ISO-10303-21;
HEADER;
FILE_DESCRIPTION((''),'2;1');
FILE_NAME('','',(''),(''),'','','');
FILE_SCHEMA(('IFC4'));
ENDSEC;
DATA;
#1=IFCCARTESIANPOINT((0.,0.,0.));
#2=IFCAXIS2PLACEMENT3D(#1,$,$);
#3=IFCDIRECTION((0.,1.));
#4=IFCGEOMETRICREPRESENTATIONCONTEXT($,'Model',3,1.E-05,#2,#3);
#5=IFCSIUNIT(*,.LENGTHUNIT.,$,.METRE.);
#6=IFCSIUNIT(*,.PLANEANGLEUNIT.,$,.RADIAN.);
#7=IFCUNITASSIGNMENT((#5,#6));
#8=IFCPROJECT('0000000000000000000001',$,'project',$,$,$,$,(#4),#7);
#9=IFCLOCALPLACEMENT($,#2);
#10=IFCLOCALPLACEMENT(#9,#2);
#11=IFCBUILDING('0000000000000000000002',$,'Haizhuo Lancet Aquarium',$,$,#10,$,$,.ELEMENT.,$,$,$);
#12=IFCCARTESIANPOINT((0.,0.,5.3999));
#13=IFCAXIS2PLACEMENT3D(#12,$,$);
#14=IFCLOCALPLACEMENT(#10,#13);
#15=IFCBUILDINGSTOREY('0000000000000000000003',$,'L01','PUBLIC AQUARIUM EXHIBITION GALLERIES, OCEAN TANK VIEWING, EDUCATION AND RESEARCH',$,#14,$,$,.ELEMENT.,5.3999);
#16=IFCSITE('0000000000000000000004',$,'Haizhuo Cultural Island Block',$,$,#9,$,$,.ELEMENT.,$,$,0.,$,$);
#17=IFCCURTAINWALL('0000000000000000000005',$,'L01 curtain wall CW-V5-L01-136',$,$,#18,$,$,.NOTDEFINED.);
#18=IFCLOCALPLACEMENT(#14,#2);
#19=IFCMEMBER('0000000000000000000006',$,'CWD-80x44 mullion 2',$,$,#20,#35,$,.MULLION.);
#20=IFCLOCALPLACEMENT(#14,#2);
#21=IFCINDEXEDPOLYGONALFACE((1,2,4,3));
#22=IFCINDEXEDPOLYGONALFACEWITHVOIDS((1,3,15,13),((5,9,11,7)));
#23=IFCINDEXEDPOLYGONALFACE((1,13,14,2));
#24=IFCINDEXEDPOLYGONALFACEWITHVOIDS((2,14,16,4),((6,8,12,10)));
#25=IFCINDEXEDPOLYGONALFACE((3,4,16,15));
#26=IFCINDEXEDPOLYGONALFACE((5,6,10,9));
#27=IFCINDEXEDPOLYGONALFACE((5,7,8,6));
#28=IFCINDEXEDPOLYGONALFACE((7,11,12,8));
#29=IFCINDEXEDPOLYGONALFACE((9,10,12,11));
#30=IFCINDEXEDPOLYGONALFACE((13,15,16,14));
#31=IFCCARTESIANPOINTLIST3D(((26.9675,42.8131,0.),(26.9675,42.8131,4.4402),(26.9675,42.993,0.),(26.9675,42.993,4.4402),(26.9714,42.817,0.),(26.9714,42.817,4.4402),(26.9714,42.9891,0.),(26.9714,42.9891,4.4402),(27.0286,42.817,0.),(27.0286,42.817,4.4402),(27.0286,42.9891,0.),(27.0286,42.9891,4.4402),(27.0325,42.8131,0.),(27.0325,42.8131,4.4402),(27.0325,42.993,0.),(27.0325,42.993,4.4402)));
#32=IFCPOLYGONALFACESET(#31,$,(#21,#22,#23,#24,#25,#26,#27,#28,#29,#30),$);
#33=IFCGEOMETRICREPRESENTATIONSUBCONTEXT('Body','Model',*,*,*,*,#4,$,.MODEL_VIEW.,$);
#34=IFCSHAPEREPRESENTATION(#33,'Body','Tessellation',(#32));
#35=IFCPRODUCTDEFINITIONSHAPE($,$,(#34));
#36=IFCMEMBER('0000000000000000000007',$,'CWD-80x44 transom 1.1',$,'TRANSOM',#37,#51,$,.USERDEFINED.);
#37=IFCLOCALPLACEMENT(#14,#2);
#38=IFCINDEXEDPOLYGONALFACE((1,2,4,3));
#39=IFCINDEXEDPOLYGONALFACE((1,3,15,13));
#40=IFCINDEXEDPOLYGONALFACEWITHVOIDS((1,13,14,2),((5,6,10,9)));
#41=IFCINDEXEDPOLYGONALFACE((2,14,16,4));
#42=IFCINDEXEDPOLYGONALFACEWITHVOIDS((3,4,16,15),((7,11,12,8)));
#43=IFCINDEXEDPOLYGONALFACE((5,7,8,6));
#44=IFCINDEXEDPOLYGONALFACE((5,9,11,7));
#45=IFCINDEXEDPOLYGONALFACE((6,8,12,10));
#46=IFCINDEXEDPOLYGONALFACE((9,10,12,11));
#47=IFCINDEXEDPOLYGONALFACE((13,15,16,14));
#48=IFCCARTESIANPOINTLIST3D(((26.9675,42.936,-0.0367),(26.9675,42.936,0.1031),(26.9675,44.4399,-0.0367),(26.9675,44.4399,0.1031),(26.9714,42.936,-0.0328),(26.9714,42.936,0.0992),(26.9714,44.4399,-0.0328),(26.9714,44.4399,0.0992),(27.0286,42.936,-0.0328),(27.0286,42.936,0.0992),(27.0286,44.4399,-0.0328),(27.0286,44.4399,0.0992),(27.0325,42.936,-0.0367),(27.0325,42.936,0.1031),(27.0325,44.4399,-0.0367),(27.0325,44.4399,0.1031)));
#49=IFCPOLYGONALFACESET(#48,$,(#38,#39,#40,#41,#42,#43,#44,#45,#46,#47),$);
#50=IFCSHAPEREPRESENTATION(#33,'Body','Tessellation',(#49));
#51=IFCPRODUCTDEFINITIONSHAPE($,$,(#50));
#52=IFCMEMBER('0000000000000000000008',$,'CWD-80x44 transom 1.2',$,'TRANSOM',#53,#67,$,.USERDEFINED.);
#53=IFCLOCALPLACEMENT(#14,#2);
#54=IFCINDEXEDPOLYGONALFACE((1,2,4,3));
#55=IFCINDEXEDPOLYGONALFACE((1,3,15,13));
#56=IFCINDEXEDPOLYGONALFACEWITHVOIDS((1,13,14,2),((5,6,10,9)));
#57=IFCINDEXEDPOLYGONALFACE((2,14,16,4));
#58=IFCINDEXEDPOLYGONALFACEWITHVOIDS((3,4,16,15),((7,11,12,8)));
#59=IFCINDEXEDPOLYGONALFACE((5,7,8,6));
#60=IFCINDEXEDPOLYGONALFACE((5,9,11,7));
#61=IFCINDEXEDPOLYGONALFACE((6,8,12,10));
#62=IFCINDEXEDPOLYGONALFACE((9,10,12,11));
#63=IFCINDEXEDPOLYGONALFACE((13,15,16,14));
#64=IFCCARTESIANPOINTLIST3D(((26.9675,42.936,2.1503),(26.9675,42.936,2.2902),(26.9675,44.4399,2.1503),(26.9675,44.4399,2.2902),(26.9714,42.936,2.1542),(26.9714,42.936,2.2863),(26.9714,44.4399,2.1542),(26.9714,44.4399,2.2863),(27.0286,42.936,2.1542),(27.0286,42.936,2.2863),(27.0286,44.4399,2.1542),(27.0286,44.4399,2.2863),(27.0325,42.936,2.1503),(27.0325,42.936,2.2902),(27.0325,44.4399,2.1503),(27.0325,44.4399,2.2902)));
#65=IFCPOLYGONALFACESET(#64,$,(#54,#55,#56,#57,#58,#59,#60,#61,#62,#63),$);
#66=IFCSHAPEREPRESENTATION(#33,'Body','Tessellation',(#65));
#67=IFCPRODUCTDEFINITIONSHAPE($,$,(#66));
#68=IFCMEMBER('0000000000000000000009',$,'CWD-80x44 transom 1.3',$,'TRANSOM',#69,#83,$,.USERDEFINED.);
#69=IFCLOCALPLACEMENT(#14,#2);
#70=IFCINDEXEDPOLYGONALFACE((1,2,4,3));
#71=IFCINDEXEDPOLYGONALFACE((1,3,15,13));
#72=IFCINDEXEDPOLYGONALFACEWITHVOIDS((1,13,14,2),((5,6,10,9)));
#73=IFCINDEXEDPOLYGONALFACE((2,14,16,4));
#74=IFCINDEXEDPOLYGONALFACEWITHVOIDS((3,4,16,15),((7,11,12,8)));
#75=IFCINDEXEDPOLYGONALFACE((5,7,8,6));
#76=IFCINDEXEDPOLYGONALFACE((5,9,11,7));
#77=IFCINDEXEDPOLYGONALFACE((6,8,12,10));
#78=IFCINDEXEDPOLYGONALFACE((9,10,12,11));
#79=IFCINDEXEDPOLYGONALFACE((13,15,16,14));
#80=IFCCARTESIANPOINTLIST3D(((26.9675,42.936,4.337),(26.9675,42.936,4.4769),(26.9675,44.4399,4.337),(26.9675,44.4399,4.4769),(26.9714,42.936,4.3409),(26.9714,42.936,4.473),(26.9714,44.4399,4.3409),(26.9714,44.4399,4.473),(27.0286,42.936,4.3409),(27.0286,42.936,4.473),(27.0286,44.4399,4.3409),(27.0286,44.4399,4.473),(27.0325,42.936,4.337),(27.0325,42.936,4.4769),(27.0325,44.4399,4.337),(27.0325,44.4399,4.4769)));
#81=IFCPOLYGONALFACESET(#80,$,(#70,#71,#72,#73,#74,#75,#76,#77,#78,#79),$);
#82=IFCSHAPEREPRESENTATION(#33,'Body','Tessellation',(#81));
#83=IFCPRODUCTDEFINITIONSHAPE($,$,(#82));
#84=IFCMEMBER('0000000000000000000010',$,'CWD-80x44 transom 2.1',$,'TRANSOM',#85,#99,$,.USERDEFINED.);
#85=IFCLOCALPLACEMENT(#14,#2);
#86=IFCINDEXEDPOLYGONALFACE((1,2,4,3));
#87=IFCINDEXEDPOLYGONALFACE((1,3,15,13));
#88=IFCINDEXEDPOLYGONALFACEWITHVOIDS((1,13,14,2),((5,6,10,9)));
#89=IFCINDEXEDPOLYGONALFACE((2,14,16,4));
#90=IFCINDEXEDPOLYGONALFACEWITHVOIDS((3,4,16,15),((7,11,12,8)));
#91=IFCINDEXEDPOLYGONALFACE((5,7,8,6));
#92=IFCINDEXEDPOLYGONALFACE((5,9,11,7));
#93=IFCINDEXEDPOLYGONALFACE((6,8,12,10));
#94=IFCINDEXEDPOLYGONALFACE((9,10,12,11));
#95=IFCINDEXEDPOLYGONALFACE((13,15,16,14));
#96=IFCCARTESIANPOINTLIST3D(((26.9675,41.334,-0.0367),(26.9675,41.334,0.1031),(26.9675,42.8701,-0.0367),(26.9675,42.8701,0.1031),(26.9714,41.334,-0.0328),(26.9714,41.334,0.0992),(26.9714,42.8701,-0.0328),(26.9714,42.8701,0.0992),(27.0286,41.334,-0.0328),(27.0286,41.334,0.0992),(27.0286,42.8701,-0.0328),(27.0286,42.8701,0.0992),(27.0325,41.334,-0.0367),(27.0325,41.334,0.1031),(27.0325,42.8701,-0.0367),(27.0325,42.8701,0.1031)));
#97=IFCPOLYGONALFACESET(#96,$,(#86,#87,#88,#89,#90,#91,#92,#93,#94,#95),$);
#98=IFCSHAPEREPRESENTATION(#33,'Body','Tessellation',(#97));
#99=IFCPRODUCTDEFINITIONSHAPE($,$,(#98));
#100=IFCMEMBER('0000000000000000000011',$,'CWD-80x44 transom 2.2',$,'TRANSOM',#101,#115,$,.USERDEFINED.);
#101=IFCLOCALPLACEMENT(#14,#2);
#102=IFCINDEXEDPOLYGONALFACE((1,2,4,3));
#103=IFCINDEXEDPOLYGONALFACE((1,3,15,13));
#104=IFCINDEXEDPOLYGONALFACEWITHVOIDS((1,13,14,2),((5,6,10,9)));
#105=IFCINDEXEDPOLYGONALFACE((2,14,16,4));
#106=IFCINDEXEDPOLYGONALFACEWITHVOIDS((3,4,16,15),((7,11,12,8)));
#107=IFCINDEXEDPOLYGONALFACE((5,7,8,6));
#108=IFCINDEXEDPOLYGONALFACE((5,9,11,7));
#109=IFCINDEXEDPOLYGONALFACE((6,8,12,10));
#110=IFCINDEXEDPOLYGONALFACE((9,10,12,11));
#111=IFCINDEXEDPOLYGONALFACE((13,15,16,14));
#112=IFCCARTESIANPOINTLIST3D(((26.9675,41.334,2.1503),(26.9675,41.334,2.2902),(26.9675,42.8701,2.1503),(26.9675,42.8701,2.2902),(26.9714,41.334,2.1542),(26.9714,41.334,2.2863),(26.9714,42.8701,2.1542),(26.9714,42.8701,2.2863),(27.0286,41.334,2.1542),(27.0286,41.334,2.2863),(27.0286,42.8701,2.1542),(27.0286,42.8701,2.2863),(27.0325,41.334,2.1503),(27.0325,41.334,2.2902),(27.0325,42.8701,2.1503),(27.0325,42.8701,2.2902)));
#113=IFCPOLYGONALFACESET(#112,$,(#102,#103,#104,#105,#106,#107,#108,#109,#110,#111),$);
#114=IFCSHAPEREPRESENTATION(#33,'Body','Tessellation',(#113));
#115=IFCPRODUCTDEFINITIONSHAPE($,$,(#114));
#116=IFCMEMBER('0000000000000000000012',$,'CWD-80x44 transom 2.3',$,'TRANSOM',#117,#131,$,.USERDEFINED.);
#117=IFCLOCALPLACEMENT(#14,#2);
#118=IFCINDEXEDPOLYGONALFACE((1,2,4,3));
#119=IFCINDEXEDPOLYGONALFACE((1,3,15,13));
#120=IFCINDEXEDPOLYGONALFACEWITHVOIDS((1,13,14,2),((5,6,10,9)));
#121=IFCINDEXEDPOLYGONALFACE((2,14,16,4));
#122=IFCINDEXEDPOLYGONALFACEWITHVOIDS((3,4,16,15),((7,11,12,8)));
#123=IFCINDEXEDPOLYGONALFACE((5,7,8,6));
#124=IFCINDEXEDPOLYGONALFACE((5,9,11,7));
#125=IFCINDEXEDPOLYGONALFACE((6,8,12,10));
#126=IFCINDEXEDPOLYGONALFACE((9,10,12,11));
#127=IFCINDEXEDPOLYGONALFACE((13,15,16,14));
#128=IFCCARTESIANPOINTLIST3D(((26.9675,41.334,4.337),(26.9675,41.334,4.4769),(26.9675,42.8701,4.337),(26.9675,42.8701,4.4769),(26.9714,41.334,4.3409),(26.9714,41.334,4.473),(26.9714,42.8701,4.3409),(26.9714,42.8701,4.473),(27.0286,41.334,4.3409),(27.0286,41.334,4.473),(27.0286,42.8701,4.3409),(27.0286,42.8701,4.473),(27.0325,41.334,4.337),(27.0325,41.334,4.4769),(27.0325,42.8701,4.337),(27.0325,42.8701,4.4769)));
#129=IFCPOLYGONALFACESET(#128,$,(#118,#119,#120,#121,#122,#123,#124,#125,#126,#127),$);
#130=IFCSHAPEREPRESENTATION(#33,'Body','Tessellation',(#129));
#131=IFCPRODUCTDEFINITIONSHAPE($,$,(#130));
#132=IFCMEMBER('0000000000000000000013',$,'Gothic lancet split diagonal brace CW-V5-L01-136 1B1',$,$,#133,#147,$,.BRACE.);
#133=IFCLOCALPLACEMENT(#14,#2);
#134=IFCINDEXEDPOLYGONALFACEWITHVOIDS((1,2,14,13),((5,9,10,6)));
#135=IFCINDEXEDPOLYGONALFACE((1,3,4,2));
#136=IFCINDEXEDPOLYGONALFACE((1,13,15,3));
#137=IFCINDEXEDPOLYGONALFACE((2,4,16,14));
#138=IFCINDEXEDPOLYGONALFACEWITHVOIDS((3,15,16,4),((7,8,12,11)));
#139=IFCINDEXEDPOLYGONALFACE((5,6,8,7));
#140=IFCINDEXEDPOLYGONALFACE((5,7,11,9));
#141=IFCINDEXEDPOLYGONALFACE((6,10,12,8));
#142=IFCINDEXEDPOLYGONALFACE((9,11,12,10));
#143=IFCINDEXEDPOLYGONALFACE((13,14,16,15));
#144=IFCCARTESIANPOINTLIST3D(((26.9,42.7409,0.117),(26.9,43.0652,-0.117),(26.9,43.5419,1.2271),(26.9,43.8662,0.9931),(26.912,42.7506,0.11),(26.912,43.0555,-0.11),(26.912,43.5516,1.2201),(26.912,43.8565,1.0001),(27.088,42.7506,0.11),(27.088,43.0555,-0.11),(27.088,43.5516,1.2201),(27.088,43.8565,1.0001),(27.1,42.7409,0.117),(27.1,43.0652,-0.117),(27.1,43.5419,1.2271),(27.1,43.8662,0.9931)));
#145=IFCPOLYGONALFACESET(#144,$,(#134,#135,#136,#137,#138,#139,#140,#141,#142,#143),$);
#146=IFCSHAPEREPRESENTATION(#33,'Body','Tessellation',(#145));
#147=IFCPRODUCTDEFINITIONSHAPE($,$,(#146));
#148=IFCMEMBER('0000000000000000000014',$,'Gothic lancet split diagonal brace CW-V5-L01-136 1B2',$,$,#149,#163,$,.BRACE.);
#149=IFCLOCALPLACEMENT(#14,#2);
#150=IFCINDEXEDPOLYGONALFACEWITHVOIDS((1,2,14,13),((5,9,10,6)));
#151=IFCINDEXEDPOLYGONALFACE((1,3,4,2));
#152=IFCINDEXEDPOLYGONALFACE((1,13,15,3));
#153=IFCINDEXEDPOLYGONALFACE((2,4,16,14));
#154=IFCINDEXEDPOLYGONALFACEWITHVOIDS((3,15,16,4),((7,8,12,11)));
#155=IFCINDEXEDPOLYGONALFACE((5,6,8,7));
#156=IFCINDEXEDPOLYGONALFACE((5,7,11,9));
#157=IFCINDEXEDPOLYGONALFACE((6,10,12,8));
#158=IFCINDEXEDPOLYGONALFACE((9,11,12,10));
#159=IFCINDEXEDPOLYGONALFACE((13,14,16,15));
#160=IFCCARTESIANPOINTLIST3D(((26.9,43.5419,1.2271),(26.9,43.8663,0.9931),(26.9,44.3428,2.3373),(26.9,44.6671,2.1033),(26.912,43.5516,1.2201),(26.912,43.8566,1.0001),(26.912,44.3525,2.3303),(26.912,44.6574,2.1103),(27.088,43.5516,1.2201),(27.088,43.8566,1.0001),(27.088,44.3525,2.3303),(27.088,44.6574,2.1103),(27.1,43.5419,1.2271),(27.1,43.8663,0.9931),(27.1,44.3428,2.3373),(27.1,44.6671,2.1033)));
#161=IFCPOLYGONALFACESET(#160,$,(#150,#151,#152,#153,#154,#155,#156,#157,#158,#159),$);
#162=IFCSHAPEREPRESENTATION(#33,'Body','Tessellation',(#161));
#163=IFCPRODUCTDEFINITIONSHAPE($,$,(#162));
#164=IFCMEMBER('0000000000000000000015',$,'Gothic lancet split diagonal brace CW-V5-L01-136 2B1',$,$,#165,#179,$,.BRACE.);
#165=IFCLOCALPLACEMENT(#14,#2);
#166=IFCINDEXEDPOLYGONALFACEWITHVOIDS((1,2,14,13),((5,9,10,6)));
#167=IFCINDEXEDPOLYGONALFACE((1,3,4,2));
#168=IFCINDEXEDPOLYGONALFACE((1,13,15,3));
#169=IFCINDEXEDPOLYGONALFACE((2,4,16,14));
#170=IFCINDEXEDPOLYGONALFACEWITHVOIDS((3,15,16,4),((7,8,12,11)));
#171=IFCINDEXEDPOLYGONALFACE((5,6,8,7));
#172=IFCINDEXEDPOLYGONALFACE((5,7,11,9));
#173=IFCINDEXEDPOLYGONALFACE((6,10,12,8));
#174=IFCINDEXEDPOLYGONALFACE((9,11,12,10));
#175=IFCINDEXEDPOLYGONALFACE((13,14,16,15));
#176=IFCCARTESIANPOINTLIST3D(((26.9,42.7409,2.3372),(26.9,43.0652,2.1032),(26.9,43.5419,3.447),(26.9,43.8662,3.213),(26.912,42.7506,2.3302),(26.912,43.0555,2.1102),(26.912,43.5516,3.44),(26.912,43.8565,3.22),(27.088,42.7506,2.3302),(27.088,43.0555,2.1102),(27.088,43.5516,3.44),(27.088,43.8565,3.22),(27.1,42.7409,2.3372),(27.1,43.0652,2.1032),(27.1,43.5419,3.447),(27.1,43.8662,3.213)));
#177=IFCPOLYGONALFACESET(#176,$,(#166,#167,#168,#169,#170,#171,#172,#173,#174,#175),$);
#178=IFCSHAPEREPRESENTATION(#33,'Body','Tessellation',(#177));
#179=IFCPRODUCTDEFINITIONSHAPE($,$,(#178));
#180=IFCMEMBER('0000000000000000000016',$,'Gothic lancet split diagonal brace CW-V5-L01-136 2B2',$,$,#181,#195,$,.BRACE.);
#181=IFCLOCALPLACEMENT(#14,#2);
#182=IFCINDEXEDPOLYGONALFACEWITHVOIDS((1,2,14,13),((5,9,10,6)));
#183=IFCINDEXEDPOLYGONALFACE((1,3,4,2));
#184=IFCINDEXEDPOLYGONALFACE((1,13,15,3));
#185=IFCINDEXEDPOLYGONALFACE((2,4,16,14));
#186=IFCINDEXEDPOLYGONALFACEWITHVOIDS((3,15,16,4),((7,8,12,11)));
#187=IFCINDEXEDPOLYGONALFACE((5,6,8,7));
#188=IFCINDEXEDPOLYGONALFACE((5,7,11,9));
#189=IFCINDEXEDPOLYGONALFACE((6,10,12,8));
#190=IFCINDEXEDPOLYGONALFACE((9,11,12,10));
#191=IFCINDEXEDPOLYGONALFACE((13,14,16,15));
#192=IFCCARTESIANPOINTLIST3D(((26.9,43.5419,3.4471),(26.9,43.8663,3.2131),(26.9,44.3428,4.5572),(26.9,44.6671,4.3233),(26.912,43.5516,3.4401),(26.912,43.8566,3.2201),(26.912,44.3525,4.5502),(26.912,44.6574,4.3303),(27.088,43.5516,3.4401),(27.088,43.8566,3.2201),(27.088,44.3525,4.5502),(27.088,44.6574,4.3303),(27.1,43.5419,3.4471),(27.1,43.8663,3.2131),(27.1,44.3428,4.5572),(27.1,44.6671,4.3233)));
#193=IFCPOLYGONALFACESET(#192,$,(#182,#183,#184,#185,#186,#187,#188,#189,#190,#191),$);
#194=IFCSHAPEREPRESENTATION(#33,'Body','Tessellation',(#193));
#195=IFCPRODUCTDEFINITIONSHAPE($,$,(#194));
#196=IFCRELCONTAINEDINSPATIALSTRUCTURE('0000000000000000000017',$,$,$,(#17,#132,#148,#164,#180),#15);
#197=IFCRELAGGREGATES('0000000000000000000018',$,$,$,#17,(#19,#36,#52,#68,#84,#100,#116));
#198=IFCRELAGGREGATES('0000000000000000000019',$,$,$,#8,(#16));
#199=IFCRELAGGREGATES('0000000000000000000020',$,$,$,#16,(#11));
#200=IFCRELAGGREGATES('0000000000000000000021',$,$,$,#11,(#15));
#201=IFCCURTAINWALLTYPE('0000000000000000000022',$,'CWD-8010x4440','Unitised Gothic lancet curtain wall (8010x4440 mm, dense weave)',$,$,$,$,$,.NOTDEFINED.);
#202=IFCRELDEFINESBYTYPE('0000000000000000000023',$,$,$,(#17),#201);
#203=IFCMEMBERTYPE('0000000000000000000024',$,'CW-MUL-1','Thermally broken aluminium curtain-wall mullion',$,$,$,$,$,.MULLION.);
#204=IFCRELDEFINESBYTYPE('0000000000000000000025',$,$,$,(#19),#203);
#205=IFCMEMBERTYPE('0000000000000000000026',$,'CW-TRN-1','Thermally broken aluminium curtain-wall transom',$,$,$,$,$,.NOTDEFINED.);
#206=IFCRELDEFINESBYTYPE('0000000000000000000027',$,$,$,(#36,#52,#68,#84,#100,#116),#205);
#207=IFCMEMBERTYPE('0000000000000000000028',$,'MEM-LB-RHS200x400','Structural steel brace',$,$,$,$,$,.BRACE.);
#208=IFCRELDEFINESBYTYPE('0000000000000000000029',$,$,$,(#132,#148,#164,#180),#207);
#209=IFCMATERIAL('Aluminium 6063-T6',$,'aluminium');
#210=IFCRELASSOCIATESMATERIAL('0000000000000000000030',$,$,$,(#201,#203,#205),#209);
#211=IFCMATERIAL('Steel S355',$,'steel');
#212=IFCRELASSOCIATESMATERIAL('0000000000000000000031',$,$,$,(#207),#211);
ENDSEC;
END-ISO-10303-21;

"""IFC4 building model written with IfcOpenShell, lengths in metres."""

from ifc_helpers import new_model, si_unit, direction, frame, origin, origin_2d, place, context, subcontext, project, spatial, hollow_rectangle, extrude, material, material_profile, profile_set, type_object, element, aggregate, save


model = new_model("IFC4")

# Units and contexts
model_context = context("Model", 3, precision=1e-05, world=origin(), true_north=direction((0.0, 1.0)))
body_context = subcontext(model_context, "Body", "Model", "MODEL_VIEW")
ifc_project = project(units=[si_unit("LENGTHUNIT", "METRE"), si_unit("PLANEANGLEUNIT", "RADIAN")], contexts=[model_context])

# Site, building, storey
site_placement = place(None, origin())
site = spatial("IfcSite", under=ifc_project, at=site_placement, Name="Haizhuo Cultural Island Block", CompositionType="ELEMENT", RefElevation=0.0)
building_placement = place(site_placement, origin())
building = spatial("IfcBuilding", under=site, at=building_placement, Name="Haizhuo Lancet Aquarium", CompositionType="ELEMENT")
storey_placement = place(building_placement, frame((0.0, 0.0, 5.3999)))
storey = spatial("IfcBuildingStorey", under=building, at=storey_placement, Name="L01", Description="PUBLIC AQUARIUM EXHIBITION GALLERIES, OCEAN TANK VIEWING, EDUCATION AND RESEARCH", CompositionType="ELEMENT", Elevation=5.3999)

# Curtain wall, members
ifc_material_1 = material(Name="Aluminium 6063-T6", Category="aluminium")
curtain_wall_type = type_object("IfcCurtainWallType", Name="CWD-8010x4440", Description="Unitised Gothic lancet curtain wall (8010x4440 mm, dense weave)", PredefinedType="NOTDEFINED", material=ifc_material_1)
curtain_wall_placement = place(storey_placement, origin())
curtain_wall = element("IfcCurtainWall", 1, at=curtain_wall_placement, inside=storey, type_object=curtain_wall_type, Name="L01 curtain wall CW-V5-L01-136", PredefinedType="NOTDEFINED")
ifc_material_profile_1 = material_profile(ifc_material_1, hollow_rectangle(XDim=0.0649, YDim=0.1799, WallThickness=0.0039, at=origin_2d()), Name="ALU-M 65x180x4")
ifc_profile_set_1 = profile_set([ifc_material_profile_1], Name="Aluminium 6063-T6")
member_type_1 = type_object("IfcMemberType", Name="CW-MUL-1", Description="Thermally broken aluminium curtain-wall mullion", PredefinedType="MULLION", material=ifc_profile_set_1)
member_1_placement = place(storey_placement, frame((27.0, 42.9031, 0.0), z_axis=(0.0, 0.0, 1.0), x_axis=(1.0, 0.0, 0.0)))
member_1 = element("IfcMember", 2, at=member_1_placement, type_object=member_type_1, Name="CWD-80x44 mullion 2", PredefinedType="MULLION", context=body_context, shape_type="SweptSolid", body=[
    extrude(hollow_rectangle(XDim=0.0649, YDim=0.1799, WallThickness=0.0039, at=origin_2d()), origin(), (0.0, 0.0, 1.0), 4.4402),
])
ifc_material_profile_2 = material_profile(ifc_material_1, hollow_rectangle(XDim=0.0649, YDim=0.1399, WallThickness=0.0039, at=origin_2d()), Name="ALU-T 65x140x4")
ifc_profile_set_2 = profile_set([ifc_material_profile_2], Name="Aluminium 6063-T6")
member_type_2 = type_object("IfcMemberType", Name="CW-TRN-1", Description="Thermally broken aluminium curtain-wall transom", PredefinedType="NOTDEFINED", material=ifc_profile_set_2)
member_2_placement = place(storey_placement, frame((27.0, 44.4399, 0.0332), z_axis=(0.0, -1.0, 0.0), x_axis=(1.0, 0.0, 0.0)))
member_2 = element("IfcMember", 3, at=member_2_placement, type_object=member_type_2, Name="CWD-80x44 transom 1.1", ObjectType="TRANSOM", PredefinedType="USERDEFINED", context=body_context, shape_type="SweptSolid", body=[
    extrude(hollow_rectangle(XDim=0.0649, YDim=0.1399, WallThickness=0.0039, at=origin_2d()), origin(), (0.0, 0.0, 1.0), 1.5039),
])
member_3_placement = place(storey_placement, frame((27.0, 44.4399, 2.2202), z_axis=(0.0, -1.0, 0.0), x_axis=(1.0, 0.0, 0.0)))
member_3 = element("IfcMember", 4, at=member_3_placement, type_object=member_type_2, Name="CWD-80x44 transom 1.2", ObjectType="TRANSOM", PredefinedType="USERDEFINED", context=body_context, shape_type="SweptSolid", body=[
    extrude(hollow_rectangle(XDim=0.0649, YDim=0.1399, WallThickness=0.0039, at=origin_2d()), origin(), (0.0, 0.0, 1.0), 1.5039),
])
member_4_placement = place(storey_placement, frame((27.0, 44.4399, 4.407), z_axis=(0.0, -1.0, 0.0), x_axis=(1.0, 0.0, 0.0)))
member_4 = element("IfcMember", 5, at=member_4_placement, type_object=member_type_2, Name="CWD-80x44 transom 1.3", ObjectType="TRANSOM", PredefinedType="USERDEFINED", context=body_context, shape_type="SweptSolid", body=[
    extrude(hollow_rectangle(XDim=0.0649, YDim=0.1399, WallThickness=0.0039, at=origin_2d()), origin(), (0.0, 0.0, 1.0), 1.5039),
])
member_5_placement = place(storey_placement, frame((27.0, 42.8701, 0.0332), z_axis=(0.0, -1.0, 0.0), x_axis=(1.0, 0.0, 0.0)))
member_5 = element("IfcMember", 6, at=member_5_placement, type_object=member_type_2, Name="CWD-80x44 transom 2.1", ObjectType="TRANSOM", PredefinedType="USERDEFINED", context=body_context, shape_type="SweptSolid", body=[
    extrude(hollow_rectangle(XDim=0.0649, YDim=0.1399, WallThickness=0.0039, at=origin_2d()), origin(), (0.0, 0.0, 1.0), 1.5361),
])
member_6_placement = place(storey_placement, frame((27.0, 42.8701, 2.2202), z_axis=(0.0, -1.0, 0.0), x_axis=(1.0, 0.0, 0.0)))
member_6 = element("IfcMember", 7, at=member_6_placement, type_object=member_type_2, Name="CWD-80x44 transom 2.2", ObjectType="TRANSOM", PredefinedType="USERDEFINED", context=body_context, shape_type="SweptSolid", body=[
    extrude(hollow_rectangle(XDim=0.0649, YDim=0.1399, WallThickness=0.0039, at=origin_2d()), origin(), (0.0, 0.0, 1.0), 1.5361),
])
member_7_placement = place(storey_placement, frame((27.0, 42.8701, 4.407), z_axis=(0.0, -1.0, 0.0), x_axis=(1.0, 0.0, 0.0)))
member_7 = element("IfcMember", 8, at=member_7_placement, type_object=member_type_2, Name="CWD-80x44 transom 2.3", ObjectType="TRANSOM", PredefinedType="USERDEFINED", context=body_context, shape_type="SweptSolid", body=[
    extrude(hollow_rectangle(XDim=0.0649, YDim=0.1399, WallThickness=0.0039, at=origin_2d()), origin(), (0.0, 0.0, 1.0), 1.5361),
])

# Members
ifc_material_2 = material(Name="Steel S355", Category="steel")
ifc_material_profile_3 = material_profile(ifc_material_2, hollow_rectangle(XDim=0.2, YDim=0.3999, WallThickness=0.012, at=origin_2d()), Name="RHS 200x400x12")
ifc_profile_set_3 = profile_set([ifc_material_profile_3], Name="Steel S355")
member_type_3 = type_object("IfcMemberType", Name="MEM-LB-RHS200x400", Description="Structural steel brace", PredefinedType="BRACE", material=ifc_profile_set_3)
for number, where, z_axis, x_axis, name in (
    (9, (27.0, 42.9031, 0.0), (0.0, 0.585145, 0.810928), (-1.0, 0.0, 0.0), "Gothic lancet split diagonal brace CW-V5-L01-136 1B1"),
    (10, (27.0, 43.7041, 1.1101), (0.0, 0.585028, 0.811013), (-1.0, 0.0, 0.0), "Gothic lancet split diagonal brace CW-V5-L01-136 1B2"),
):
    element("IfcMember", number, at=place(storey_placement, frame(where, z_axis=z_axis, x_axis=x_axis)), inside=storey, type_object=member_type_3, Name=name, PredefinedType="BRACE", context=body_context, shape_type="SweptSolid", body=[
        extrude(hollow_rectangle(XDim=0.2, YDim=0.3999, WallThickness=0.012, at=origin_2d()), origin(), (0.0, 0.0, 1.0), 1.3689),
    ])
member_8_placement = place(storey_placement, frame((27.0, 42.9031, 2.2202), z_axis=(0.0, 0.58523, 0.810867), x_axis=(-1.0, 0.0, 0.0)))
element("IfcMember", 11, at=member_8_placement, inside=storey, type_object=member_type_3, Name="Gothic lancet split diagonal brace CW-V5-L01-136 2B1", PredefinedType="BRACE", context=body_context, shape_type="SweptSolid", body=[
    extrude(hollow_rectangle(XDim=0.2, YDim=0.3999, WallThickness=0.012, at=origin_2d()), origin(), (0.0, 0.0, 1.0), 1.3687),
])
member_9_placement = place(storey_placement, frame((27.0, 43.7041, 3.3301), z_axis=(0.0, 0.585028, 0.811013), x_axis=(-1.0, 0.0, 0.0)))
element("IfcMember", 12, at=member_9_placement, inside=storey, type_object=member_type_3, Name="Gothic lancet split diagonal brace CW-V5-L01-136 2B2", PredefinedType="BRACE", context=body_context, shape_type="SweptSolid", body=[
    extrude(hollow_rectangle(XDim=0.2, YDim=0.3999, WallThickness=0.012, at=origin_2d()), origin(), (0.0, 0.0, 1.0), 1.3689),
])

aggregate(curtain_wall, [member_1, member_2, member_3, member_4, member_5, member_6, member_7])

save(model, "model.ifc")
